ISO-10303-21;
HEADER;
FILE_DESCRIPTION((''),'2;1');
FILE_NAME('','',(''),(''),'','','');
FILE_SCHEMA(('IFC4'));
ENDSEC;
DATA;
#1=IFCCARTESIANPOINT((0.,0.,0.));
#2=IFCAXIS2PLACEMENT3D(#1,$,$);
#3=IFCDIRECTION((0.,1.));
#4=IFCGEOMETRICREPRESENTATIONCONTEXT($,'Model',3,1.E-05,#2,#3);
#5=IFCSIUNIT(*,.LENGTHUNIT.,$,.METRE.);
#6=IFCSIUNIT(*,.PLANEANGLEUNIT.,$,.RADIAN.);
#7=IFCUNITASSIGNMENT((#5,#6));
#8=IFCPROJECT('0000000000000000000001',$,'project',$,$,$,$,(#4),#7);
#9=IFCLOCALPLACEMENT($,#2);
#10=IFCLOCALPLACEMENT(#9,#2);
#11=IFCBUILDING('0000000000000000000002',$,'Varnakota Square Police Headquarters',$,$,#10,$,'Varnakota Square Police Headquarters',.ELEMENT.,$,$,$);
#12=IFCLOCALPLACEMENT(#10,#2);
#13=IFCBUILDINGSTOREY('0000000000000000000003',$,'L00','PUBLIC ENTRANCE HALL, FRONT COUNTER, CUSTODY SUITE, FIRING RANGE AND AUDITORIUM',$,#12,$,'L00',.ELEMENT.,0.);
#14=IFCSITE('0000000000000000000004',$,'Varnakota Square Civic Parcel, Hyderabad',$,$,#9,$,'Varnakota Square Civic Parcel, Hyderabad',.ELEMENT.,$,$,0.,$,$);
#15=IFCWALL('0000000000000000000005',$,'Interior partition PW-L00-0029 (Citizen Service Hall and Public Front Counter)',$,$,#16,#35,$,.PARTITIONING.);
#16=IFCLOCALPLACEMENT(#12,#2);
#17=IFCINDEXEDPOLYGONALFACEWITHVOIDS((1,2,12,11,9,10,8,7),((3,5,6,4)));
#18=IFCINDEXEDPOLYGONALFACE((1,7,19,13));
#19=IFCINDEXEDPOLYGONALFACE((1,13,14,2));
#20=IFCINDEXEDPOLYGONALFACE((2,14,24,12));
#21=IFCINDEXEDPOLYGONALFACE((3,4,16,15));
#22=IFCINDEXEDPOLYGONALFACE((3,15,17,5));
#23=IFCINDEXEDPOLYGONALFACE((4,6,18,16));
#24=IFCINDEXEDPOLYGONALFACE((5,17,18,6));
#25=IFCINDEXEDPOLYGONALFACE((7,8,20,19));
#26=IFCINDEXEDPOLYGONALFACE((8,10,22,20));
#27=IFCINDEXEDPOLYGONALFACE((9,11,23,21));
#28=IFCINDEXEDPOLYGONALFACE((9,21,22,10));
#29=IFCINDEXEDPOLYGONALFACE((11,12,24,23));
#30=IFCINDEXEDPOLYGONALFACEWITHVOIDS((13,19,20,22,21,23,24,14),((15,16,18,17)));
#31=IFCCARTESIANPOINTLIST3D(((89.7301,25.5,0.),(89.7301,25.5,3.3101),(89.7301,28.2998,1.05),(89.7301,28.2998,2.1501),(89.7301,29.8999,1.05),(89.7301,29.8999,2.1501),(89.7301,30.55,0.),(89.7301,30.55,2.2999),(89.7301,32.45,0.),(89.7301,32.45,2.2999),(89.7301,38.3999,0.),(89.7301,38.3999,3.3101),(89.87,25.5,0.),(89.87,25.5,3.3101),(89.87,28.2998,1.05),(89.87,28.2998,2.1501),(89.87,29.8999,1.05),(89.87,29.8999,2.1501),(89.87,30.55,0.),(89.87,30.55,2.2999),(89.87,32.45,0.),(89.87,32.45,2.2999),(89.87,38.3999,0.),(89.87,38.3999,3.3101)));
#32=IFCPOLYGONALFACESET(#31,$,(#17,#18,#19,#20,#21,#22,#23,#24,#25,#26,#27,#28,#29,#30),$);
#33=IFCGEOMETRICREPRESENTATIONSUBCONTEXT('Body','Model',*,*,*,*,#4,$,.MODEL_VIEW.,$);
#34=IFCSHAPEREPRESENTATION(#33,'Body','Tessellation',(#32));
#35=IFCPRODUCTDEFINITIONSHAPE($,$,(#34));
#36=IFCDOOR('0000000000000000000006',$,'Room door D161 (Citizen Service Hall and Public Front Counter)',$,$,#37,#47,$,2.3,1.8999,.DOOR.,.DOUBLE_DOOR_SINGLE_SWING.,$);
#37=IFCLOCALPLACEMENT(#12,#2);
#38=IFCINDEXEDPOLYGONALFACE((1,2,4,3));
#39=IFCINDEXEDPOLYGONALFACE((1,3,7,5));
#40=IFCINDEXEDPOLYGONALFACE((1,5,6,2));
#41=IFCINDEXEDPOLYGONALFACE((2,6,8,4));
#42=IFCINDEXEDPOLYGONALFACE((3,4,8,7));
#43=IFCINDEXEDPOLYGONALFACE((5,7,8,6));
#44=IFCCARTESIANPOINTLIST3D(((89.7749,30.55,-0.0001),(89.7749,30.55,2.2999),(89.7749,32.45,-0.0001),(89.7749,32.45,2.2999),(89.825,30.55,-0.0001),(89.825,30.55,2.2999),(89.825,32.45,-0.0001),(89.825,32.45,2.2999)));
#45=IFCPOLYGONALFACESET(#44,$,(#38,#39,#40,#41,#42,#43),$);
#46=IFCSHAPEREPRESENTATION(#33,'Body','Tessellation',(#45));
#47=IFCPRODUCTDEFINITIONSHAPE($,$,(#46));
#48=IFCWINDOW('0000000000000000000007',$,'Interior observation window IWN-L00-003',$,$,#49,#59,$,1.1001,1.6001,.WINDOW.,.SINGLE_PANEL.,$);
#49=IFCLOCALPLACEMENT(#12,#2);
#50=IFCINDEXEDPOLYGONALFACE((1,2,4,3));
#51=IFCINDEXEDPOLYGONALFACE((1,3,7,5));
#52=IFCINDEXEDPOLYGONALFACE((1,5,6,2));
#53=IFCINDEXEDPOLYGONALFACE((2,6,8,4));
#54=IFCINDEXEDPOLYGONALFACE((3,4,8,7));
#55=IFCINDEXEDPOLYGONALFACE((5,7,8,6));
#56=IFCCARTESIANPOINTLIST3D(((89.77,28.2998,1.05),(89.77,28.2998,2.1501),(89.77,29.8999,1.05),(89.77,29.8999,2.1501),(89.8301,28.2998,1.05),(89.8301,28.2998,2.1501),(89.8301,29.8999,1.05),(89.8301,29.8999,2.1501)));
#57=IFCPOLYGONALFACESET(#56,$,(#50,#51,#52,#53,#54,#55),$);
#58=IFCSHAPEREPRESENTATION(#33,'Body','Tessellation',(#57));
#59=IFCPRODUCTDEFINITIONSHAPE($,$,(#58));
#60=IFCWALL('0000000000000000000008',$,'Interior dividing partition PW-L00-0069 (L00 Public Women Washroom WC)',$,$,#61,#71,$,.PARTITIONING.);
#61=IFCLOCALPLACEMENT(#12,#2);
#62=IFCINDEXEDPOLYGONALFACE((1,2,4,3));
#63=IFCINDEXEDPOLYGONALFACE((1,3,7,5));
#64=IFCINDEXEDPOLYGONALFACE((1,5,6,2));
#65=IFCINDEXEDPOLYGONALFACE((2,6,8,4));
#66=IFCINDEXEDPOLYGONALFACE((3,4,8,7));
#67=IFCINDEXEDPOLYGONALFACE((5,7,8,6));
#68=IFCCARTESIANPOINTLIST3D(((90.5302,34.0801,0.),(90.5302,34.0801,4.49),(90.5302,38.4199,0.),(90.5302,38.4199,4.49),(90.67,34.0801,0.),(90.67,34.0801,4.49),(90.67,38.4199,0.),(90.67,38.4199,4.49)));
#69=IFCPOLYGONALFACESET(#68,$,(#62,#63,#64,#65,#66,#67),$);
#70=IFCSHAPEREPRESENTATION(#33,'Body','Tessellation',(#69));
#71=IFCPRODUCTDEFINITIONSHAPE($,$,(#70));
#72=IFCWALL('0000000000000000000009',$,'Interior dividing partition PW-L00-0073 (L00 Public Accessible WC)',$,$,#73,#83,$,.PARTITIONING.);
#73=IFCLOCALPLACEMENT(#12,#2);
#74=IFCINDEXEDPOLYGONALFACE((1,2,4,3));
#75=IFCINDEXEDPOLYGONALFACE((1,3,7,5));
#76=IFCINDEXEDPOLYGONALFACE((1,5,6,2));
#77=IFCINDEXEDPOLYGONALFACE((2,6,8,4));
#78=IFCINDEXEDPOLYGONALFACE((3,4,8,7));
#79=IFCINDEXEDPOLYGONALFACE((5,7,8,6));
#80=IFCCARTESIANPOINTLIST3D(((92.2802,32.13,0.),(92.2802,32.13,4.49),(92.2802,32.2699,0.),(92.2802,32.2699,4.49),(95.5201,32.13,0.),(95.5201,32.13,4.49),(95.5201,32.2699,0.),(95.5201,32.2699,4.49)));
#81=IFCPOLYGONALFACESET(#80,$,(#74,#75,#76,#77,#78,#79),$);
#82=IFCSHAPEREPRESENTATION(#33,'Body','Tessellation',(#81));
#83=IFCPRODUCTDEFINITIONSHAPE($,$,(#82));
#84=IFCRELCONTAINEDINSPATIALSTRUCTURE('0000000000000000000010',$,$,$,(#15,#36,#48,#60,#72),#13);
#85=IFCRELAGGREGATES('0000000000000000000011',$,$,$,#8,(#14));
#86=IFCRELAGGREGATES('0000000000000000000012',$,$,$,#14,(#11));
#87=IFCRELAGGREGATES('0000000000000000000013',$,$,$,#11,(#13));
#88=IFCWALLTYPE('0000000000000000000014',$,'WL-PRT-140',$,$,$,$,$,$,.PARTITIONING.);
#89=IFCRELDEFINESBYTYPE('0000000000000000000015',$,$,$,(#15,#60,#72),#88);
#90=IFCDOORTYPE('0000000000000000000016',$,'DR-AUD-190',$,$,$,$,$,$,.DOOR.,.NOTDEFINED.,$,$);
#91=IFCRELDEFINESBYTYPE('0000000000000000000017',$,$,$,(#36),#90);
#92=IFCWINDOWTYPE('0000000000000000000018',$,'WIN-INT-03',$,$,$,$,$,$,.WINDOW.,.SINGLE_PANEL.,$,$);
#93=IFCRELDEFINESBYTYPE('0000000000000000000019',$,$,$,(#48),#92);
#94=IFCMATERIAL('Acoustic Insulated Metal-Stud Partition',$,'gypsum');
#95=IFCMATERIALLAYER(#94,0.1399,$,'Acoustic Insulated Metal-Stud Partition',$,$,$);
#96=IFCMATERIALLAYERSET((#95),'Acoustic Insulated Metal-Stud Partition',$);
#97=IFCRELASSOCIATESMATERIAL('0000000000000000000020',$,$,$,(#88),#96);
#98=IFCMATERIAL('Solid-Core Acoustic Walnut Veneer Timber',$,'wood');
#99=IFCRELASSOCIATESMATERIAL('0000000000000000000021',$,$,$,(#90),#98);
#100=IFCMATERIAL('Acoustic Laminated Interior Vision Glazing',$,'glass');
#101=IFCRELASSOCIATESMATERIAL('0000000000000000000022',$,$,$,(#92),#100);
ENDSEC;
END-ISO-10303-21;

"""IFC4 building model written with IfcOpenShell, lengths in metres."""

from ifc_helpers import new_model, si_unit, direction, frame, frame_2d, origin, place, context, subcontext, project, spatial, rectangle, extrude, material, layer, layer_set, type_object, element, fill, save


model = new_model("IFC4")

# Units and contexts
model_context = context("Model", 3, precision=1e-05, world=origin(), true_north=direction((0.0, 1.0)))
body_context = subcontext(model_context, "Body", "Model", "MODEL_VIEW")
ifc_project = project(units=[si_unit("LENGTHUNIT", "METRE"), si_unit("PLANEANGLEUNIT", "RADIAN")], contexts=[model_context])

# Site, building, storey
site_placement = place(None, origin())
site = spatial("IfcSite", under=ifc_project, at=site_placement, Name="Varnakota Square Civic Parcel, Hyderabad", LongName="Varnakota Square Civic Parcel, Hyderabad", CompositionType="ELEMENT", RefElevation=0.0)
building_placement = place(site_placement, origin())
building = spatial("IfcBuilding", under=site, at=building_placement, Name="Varnakota Square Police Headquarters", LongName="Varnakota Square Police Headquarters", CompositionType="ELEMENT")
storey_placement = place(building_placement, origin())
storey = spatial("IfcBuildingStorey", under=building, at=storey_placement, Name="L00", Description="PUBLIC ENTRANCE HALL, FRONT COUNTER, CUSTODY SUITE, FIRING RANGE AND AUDITORIUM", LongName="L00", CompositionType="ELEMENT", Elevation=0.0)

# Shared definitions
ifc_material_1 = material(Name="Acoustic Insulated Metal-Stud Partition", Category="gypsum")

# Wall, openings, door, window
ifc_layer_1 = layer(ifc_material_1, 0.1399, Name="Acoustic Insulated Metal-Stud Partition")
ifc_layer_set_1 = layer_set([ifc_layer_1], Name="Acoustic Insulated Metal-Stud Partition")
wall_type_1 = type_object("IfcWallType", Name="WL-PRT-140", PredefinedType="PARTITIONING", material=ifc_layer_set_1)
wall_1_placement = place(storey_placement, frame((89.8, 38.3999, 0.0), z_axis=(0.0, 0.0, 1.0), x_axis=(0.0, -1.0, 0.0)))
wall_1 = element("IfcWall", 1, at=wall_1_placement, inside=storey, type_object=wall_type_1, Name="Interior partition PW-L00-0029 (Citizen Service Hall and Public Front Counter)", PredefinedType="PARTITIONING", context=body_context, shape_type="SweptSolid", body=[
    extrude(rectangle(XDim=12.8999, YDim=0.1399, at=frame_2d((6.45, 0.0))), origin(), (0.0, 0.0, 1.0), 3.3101),
])
opening_1_placement = place(wall_1_placement, frame((5.95, 0.0, 0.0)))
opening_1 = element("IfcOpeningElement", 2, at=opening_1_placement, cuts=wall_1, PredefinedType="OPENING", context=body_context, shape_type="SweptSolid", body=[
    extrude(rectangle(XDim=1.8999, YDim=2.3, at=frame_2d((0.95, 1.1499))), frame((0.0, 0.0798, 0.0), z_axis=(0.0, -1.0, 0.0), x_axis=(1.0, 0.0, 0.0)), (0.0, 0.0, 1.0), 0.1599),
])
opening_2_placement = place(wall_1_placement, frame((8.5, 0.0, 1.05)))
opening_2 = element("IfcOpeningElement", 3, at=opening_2_placement, cuts=wall_1, PredefinedType="OPENING", context=body_context, shape_type="SweptSolid", body=[
    extrude(rectangle(XDim=1.6001, YDim=1.1001, at=frame_2d((0.8, 0.55))), frame((0.0, 0.0798, 0.0), z_axis=(0.0, -1.0, 0.0), x_axis=(1.0, 0.0, 0.0)), (0.0, 0.0, 1.0), 0.1599),
])
ifc_material_2 = material(Name="Solid-Core Acoustic Walnut Veneer Timber", Category="wood")
door_type_1 = type_object("IfcDoorType", Name="DR-AUD-190", OperationType="NOTDEFINED", PredefinedType="DOOR", material=ifc_material_2)
door_1_placement = place(opening_1_placement, origin())
door_1 = element("IfcDoor", 4, at=door_1_placement, inside=storey, type_object=door_type_1, Name="Room door D161 (Citizen Service Hall and Public Front Counter)", OperationType="DOUBLE_DOOR_SINGLE_SWING", OverallHeight=2.3, OverallWidth=1.8999, PredefinedType="DOOR", context=body_context, shape_type="SweptSolid", body=[
    extrude(rectangle(XDim=1.8999, YDim=2.3, at=frame_2d((0.95, 1.1499))), frame((0.0, 0.0249, 0.0), z_axis=(0.0, -1.0, 0.0), x_axis=(1.0, 0.0, 0.0)), (0.0, 0.0, 1.0), 0.05),
])
fill(opening_1, door_1)
ifc_material_3 = material(Name="Acoustic Laminated Interior Vision Glazing", Category="glass")
window_type = type_object("IfcWindowType", Name="WIN-INT-03", PartitioningType="SINGLE_PANEL", PredefinedType="WINDOW", material=ifc_material_3)
window_placement = place(opening_2_placement, origin())
window = element("IfcWindow", 5, at=window_placement, inside=storey, type_object=window_type, Name="Interior observation window IWN-L00-003", OverallHeight=1.1001, OverallWidth=1.6001, PartitioningType="SINGLE_PANEL", PredefinedType="WINDOW", context=body_context, shape_type="SweptSolid", body=[
    extrude(rectangle(XDim=1.6001, YDim=1.1001, at=frame_2d((0.8, 0.55))), frame((0.0, 0.03, 0.0), z_axis=(0.0, -1.0, 0.0), x_axis=(1.0, 0.0, 0.0)), (0.0, 0.0, 1.0), 0.0601),
])
fill(opening_2, window)

# Walls
wall_2_placement = place(storey_placement, frame((90.6001, 34.0801, 0.0), z_axis=(0.0, 0.0, 1.0), x_axis=(0.0, 1.0, 0.0)))
element("IfcWall", 6, at=wall_2_placement, inside=storey, type_object=wall_type_1, Name="Interior dividing partition PW-L00-0069 (L00 Public Women Washroom WC)", PredefinedType="PARTITIONING", context=body_context, shape_type="SweptSolid", body=[
    extrude(rectangle(XDim=4.3398, YDim=0.1399, at=frame_2d((2.1699, 0.0))), origin(), (0.0, 0.0, 1.0), 4.49),
])
wall_3_placement = place(storey_placement, frame((92.28, 32.2, 0.0), z_axis=(0.0, 0.0, 1.0), x_axis=(1.0, 0.0, 0.0)))
element("IfcWall", 7, at=wall_3_placement, inside=storey, type_object=wall_type_1, Name="Interior dividing partition PW-L00-0073 (L00 Public Accessible WC)", PredefinedType="PARTITIONING", context=body_context, shape_type="SweptSolid", body=[
    extrude(rectangle(XDim=3.24, YDim=0.1399, at=frame_2d((1.6201, 0.0))), origin(), (0.0, 0.0, 1.0), 4.49),
])

save(model, "model.ifc")
